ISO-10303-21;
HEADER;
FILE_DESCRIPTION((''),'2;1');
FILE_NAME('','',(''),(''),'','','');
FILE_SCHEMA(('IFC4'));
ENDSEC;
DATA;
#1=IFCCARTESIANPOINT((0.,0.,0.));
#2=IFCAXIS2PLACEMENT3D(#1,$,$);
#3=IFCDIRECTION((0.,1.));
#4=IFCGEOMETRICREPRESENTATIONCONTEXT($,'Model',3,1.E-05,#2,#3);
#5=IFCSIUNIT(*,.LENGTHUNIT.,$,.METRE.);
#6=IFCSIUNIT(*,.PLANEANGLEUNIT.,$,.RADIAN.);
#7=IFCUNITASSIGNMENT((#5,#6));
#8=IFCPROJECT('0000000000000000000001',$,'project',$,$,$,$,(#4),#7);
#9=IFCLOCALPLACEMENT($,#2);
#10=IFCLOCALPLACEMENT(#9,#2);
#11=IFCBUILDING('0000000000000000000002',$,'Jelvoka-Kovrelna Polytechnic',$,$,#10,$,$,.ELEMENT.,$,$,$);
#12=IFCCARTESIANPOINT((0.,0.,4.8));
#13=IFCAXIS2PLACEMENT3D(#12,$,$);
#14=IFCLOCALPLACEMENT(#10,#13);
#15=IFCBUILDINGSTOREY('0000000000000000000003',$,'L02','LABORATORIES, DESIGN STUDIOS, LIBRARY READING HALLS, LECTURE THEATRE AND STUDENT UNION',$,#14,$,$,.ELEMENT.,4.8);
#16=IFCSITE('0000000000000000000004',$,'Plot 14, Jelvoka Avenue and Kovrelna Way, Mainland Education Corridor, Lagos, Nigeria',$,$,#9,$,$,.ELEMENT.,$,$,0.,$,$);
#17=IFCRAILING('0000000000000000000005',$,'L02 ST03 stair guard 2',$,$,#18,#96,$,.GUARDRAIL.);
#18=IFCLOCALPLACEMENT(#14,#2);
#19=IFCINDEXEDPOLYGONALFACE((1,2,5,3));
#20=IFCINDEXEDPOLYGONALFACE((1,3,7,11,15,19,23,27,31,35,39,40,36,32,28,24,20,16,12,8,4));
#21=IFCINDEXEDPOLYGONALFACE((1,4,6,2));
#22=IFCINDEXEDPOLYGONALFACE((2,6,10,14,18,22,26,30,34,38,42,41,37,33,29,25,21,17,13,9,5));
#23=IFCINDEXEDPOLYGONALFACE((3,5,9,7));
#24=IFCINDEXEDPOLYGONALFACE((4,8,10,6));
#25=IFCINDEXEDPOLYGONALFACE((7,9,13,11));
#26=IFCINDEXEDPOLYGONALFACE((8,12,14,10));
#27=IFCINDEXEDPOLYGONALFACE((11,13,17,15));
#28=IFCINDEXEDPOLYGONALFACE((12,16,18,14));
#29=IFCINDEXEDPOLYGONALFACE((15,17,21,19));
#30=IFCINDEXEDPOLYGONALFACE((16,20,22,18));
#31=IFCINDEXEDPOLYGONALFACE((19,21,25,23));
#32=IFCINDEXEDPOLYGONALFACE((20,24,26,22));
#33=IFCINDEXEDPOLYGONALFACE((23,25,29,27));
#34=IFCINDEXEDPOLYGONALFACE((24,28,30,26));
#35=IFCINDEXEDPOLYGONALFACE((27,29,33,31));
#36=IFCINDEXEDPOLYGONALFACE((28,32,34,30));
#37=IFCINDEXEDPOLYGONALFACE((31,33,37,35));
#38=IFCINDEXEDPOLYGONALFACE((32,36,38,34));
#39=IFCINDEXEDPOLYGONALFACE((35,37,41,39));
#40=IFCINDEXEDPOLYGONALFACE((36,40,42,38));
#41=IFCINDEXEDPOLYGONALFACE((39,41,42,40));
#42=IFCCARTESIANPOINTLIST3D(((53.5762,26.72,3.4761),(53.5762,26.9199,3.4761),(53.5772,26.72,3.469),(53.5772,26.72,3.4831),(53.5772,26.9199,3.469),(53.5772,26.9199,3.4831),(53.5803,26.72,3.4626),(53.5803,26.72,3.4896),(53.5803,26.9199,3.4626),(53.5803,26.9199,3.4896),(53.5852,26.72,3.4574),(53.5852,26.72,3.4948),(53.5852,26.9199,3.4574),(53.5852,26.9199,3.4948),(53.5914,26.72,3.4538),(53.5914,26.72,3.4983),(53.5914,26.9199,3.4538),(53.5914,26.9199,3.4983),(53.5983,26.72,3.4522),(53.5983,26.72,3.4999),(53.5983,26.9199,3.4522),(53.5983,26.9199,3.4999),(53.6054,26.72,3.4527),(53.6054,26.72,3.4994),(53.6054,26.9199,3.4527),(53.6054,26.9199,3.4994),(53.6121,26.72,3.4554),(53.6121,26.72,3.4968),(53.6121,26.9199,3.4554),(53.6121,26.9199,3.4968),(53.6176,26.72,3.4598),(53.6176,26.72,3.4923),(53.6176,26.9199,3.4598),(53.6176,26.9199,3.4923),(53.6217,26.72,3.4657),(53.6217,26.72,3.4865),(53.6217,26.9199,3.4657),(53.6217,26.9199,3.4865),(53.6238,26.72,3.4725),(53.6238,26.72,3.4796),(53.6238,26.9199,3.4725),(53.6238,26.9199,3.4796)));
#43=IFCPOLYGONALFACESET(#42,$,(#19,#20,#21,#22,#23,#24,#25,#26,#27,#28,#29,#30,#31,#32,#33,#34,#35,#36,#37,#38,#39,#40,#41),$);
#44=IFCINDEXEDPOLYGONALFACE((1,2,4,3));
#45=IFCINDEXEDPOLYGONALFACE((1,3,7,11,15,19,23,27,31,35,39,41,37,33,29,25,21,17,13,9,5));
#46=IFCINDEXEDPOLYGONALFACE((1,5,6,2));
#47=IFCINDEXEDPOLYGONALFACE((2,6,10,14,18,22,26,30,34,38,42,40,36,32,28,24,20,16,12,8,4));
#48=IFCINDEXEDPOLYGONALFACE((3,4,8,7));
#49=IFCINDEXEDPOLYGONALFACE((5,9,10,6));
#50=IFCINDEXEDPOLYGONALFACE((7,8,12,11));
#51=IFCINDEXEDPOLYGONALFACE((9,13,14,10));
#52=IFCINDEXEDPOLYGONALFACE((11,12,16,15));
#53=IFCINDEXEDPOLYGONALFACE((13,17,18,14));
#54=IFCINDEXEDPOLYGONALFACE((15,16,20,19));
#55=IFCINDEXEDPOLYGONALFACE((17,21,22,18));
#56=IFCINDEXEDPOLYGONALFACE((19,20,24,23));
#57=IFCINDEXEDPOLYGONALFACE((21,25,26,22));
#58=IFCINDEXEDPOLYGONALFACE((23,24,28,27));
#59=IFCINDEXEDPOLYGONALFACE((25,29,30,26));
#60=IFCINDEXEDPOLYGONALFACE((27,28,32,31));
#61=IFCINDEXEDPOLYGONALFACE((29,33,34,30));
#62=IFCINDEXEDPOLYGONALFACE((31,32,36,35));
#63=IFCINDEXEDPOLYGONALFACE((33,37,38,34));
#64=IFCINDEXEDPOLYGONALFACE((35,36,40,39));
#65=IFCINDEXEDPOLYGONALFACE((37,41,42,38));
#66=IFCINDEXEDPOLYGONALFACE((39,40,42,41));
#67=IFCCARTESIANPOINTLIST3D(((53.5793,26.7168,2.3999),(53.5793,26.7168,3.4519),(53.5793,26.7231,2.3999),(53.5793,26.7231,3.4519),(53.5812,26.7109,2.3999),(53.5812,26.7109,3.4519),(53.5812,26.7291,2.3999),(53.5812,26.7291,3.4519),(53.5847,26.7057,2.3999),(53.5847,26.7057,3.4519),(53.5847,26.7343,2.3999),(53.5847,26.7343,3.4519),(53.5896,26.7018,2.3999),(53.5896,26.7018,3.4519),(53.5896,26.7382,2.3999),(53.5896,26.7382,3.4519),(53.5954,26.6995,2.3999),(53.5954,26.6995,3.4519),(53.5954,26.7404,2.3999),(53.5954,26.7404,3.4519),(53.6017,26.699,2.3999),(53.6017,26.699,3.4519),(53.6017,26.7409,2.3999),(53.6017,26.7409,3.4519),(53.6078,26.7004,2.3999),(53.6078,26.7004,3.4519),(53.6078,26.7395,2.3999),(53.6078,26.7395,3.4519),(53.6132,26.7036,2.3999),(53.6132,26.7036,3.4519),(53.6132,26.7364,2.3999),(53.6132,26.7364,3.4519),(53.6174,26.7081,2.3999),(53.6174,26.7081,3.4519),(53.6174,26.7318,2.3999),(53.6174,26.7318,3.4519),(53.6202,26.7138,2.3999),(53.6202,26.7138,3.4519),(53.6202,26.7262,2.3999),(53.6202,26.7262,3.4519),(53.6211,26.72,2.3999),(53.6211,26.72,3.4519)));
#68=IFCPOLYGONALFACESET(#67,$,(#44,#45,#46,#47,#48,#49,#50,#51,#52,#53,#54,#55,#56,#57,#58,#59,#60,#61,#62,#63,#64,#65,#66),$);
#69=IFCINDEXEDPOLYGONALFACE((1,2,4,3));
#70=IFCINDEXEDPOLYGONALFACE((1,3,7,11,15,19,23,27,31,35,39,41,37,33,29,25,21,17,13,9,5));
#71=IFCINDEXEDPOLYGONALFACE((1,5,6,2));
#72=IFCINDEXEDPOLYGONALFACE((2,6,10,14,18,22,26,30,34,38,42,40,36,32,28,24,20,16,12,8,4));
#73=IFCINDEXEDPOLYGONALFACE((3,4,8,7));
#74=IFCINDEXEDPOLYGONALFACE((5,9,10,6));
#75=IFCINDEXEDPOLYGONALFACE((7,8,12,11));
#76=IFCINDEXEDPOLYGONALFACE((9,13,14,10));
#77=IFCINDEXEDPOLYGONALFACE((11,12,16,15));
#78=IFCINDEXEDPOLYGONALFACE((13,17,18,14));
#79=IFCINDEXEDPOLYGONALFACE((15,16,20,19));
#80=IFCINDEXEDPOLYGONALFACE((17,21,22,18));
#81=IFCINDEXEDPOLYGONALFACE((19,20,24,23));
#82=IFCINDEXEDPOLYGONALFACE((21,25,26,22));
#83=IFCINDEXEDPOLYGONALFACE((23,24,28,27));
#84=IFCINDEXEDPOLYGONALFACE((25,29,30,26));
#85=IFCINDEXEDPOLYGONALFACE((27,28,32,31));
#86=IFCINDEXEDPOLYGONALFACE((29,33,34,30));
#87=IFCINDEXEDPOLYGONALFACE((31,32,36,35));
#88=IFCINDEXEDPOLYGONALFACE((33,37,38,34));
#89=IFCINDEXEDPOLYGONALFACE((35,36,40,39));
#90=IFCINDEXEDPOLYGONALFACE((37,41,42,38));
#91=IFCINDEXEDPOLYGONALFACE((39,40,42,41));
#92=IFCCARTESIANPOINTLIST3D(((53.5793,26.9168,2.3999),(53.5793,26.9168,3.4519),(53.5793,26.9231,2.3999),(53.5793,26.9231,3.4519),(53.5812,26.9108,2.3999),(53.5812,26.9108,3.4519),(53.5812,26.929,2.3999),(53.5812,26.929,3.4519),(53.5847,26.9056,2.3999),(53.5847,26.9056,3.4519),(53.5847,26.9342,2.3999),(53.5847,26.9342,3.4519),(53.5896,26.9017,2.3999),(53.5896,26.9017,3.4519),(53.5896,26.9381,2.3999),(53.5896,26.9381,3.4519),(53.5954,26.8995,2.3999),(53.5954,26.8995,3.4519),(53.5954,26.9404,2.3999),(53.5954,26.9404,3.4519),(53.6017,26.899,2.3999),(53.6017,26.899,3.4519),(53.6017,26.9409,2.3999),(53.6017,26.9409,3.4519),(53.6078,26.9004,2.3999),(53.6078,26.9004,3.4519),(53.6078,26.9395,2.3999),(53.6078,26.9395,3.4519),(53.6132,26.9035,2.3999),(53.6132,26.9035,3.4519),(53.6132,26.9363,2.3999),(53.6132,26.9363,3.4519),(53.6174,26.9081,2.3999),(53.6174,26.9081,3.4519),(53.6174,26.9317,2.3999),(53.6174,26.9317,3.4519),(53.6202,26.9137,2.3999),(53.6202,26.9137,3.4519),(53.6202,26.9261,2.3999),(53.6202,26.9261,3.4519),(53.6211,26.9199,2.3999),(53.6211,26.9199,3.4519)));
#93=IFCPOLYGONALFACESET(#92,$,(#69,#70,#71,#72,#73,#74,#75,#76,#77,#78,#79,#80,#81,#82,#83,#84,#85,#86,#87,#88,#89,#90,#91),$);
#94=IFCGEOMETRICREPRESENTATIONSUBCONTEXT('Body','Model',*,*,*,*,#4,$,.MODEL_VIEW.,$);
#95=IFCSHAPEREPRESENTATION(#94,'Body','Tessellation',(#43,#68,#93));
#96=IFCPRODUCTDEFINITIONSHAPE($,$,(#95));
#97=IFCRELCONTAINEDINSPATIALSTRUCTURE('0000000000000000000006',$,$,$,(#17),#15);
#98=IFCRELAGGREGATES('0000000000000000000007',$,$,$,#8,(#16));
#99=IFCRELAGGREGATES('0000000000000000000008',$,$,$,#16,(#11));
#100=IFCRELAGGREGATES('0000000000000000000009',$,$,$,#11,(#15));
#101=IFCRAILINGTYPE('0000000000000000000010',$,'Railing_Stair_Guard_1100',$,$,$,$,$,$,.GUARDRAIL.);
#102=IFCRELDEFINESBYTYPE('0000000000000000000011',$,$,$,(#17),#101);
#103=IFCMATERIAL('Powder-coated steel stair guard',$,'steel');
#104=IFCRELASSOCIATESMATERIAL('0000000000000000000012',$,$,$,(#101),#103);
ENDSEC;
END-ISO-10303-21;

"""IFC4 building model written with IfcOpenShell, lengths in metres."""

from ifc_helpers import new_model, si_unit, direction, frame, origin, origin_2d, place, context, subcontext, project, spatial, circle, extrude, material, type_object, element, save


model = new_model("IFC4")

# Units and contexts
model_context = context("Model", 3, precision=1e-05, world=origin(), true_north=direction((0.0, 1.0)))
body_context = subcontext(model_context, "Body", "Model", "MODEL_VIEW")
ifc_project = project(units=[si_unit("LENGTHUNIT", "METRE"), si_unit("PLANEANGLEUNIT", "RADIAN")], contexts=[model_context])

# Site, building, storey
site_placement = place(None, origin())
site = spatial("IfcSite", under=ifc_project, at=site_placement, Name="Plot 14, Jelvoka Avenue and Kovrelna Way, Mainland Education Corridor, Lagos, Nigeria", CompositionType="ELEMENT", RefElevation=0.0)
building_placement = place(site_placement, origin())
building = spatial("IfcBuilding", under=site, at=building_placement, Name="Jelvoka-Kovrelna Polytechnic", CompositionType="ELEMENT")
storey_placement = place(building_placement, frame((0.0, 0.0, 4.8)))
storey = spatial("IfcBuildingStorey", under=building, at=storey_placement, Name="L02", Description="LABORATORIES, DESIGN STUDIOS, LIBRARY READING HALLS, LECTURE THEATRE AND STUDENT UNION", CompositionType="ELEMENT", Elevation=4.8)

# Railing
ifc_material_1 = material(Name="Powder-coated steel stair guard", Category="steel")
railing_type_1 = type_object("IfcRailingType", Name="Railing_Stair_Guard_1100", PredefinedType="GUARDRAIL", material=ifc_material_1)
railing_1_placement = place(storey_placement, frame((53.6001, 26.72, 2.3999)))
element("IfcRailing", 1, at=railing_1_placement, inside=storey, type_object=railing_type_1, Name="L02 ST03 stair guard 2", PredefinedType="GUARDRAIL", context=body_context, shape_type="SweptSolid", body=[
    extrude(circle(Radius=0.0239, at=origin_2d()), frame((0.0, 0.0, 1.0762), z_axis=(0.0, 1.0, 0.0), x_axis=(-1.0, 0.0, 0.0)), (0.0, 0.0, 1.0), 0.2),
    extrude(circle(Radius=0.021, at=origin_2d()), origin(), (0.0, 0.0, 1.0), 1.052),
    extrude(circle(Radius=0.021, at=origin_2d()), frame((0.0, 0.2, 0.0)), (0.0, 0.0, 1.0), 1.052),
])

save(model, "model.ifc")
